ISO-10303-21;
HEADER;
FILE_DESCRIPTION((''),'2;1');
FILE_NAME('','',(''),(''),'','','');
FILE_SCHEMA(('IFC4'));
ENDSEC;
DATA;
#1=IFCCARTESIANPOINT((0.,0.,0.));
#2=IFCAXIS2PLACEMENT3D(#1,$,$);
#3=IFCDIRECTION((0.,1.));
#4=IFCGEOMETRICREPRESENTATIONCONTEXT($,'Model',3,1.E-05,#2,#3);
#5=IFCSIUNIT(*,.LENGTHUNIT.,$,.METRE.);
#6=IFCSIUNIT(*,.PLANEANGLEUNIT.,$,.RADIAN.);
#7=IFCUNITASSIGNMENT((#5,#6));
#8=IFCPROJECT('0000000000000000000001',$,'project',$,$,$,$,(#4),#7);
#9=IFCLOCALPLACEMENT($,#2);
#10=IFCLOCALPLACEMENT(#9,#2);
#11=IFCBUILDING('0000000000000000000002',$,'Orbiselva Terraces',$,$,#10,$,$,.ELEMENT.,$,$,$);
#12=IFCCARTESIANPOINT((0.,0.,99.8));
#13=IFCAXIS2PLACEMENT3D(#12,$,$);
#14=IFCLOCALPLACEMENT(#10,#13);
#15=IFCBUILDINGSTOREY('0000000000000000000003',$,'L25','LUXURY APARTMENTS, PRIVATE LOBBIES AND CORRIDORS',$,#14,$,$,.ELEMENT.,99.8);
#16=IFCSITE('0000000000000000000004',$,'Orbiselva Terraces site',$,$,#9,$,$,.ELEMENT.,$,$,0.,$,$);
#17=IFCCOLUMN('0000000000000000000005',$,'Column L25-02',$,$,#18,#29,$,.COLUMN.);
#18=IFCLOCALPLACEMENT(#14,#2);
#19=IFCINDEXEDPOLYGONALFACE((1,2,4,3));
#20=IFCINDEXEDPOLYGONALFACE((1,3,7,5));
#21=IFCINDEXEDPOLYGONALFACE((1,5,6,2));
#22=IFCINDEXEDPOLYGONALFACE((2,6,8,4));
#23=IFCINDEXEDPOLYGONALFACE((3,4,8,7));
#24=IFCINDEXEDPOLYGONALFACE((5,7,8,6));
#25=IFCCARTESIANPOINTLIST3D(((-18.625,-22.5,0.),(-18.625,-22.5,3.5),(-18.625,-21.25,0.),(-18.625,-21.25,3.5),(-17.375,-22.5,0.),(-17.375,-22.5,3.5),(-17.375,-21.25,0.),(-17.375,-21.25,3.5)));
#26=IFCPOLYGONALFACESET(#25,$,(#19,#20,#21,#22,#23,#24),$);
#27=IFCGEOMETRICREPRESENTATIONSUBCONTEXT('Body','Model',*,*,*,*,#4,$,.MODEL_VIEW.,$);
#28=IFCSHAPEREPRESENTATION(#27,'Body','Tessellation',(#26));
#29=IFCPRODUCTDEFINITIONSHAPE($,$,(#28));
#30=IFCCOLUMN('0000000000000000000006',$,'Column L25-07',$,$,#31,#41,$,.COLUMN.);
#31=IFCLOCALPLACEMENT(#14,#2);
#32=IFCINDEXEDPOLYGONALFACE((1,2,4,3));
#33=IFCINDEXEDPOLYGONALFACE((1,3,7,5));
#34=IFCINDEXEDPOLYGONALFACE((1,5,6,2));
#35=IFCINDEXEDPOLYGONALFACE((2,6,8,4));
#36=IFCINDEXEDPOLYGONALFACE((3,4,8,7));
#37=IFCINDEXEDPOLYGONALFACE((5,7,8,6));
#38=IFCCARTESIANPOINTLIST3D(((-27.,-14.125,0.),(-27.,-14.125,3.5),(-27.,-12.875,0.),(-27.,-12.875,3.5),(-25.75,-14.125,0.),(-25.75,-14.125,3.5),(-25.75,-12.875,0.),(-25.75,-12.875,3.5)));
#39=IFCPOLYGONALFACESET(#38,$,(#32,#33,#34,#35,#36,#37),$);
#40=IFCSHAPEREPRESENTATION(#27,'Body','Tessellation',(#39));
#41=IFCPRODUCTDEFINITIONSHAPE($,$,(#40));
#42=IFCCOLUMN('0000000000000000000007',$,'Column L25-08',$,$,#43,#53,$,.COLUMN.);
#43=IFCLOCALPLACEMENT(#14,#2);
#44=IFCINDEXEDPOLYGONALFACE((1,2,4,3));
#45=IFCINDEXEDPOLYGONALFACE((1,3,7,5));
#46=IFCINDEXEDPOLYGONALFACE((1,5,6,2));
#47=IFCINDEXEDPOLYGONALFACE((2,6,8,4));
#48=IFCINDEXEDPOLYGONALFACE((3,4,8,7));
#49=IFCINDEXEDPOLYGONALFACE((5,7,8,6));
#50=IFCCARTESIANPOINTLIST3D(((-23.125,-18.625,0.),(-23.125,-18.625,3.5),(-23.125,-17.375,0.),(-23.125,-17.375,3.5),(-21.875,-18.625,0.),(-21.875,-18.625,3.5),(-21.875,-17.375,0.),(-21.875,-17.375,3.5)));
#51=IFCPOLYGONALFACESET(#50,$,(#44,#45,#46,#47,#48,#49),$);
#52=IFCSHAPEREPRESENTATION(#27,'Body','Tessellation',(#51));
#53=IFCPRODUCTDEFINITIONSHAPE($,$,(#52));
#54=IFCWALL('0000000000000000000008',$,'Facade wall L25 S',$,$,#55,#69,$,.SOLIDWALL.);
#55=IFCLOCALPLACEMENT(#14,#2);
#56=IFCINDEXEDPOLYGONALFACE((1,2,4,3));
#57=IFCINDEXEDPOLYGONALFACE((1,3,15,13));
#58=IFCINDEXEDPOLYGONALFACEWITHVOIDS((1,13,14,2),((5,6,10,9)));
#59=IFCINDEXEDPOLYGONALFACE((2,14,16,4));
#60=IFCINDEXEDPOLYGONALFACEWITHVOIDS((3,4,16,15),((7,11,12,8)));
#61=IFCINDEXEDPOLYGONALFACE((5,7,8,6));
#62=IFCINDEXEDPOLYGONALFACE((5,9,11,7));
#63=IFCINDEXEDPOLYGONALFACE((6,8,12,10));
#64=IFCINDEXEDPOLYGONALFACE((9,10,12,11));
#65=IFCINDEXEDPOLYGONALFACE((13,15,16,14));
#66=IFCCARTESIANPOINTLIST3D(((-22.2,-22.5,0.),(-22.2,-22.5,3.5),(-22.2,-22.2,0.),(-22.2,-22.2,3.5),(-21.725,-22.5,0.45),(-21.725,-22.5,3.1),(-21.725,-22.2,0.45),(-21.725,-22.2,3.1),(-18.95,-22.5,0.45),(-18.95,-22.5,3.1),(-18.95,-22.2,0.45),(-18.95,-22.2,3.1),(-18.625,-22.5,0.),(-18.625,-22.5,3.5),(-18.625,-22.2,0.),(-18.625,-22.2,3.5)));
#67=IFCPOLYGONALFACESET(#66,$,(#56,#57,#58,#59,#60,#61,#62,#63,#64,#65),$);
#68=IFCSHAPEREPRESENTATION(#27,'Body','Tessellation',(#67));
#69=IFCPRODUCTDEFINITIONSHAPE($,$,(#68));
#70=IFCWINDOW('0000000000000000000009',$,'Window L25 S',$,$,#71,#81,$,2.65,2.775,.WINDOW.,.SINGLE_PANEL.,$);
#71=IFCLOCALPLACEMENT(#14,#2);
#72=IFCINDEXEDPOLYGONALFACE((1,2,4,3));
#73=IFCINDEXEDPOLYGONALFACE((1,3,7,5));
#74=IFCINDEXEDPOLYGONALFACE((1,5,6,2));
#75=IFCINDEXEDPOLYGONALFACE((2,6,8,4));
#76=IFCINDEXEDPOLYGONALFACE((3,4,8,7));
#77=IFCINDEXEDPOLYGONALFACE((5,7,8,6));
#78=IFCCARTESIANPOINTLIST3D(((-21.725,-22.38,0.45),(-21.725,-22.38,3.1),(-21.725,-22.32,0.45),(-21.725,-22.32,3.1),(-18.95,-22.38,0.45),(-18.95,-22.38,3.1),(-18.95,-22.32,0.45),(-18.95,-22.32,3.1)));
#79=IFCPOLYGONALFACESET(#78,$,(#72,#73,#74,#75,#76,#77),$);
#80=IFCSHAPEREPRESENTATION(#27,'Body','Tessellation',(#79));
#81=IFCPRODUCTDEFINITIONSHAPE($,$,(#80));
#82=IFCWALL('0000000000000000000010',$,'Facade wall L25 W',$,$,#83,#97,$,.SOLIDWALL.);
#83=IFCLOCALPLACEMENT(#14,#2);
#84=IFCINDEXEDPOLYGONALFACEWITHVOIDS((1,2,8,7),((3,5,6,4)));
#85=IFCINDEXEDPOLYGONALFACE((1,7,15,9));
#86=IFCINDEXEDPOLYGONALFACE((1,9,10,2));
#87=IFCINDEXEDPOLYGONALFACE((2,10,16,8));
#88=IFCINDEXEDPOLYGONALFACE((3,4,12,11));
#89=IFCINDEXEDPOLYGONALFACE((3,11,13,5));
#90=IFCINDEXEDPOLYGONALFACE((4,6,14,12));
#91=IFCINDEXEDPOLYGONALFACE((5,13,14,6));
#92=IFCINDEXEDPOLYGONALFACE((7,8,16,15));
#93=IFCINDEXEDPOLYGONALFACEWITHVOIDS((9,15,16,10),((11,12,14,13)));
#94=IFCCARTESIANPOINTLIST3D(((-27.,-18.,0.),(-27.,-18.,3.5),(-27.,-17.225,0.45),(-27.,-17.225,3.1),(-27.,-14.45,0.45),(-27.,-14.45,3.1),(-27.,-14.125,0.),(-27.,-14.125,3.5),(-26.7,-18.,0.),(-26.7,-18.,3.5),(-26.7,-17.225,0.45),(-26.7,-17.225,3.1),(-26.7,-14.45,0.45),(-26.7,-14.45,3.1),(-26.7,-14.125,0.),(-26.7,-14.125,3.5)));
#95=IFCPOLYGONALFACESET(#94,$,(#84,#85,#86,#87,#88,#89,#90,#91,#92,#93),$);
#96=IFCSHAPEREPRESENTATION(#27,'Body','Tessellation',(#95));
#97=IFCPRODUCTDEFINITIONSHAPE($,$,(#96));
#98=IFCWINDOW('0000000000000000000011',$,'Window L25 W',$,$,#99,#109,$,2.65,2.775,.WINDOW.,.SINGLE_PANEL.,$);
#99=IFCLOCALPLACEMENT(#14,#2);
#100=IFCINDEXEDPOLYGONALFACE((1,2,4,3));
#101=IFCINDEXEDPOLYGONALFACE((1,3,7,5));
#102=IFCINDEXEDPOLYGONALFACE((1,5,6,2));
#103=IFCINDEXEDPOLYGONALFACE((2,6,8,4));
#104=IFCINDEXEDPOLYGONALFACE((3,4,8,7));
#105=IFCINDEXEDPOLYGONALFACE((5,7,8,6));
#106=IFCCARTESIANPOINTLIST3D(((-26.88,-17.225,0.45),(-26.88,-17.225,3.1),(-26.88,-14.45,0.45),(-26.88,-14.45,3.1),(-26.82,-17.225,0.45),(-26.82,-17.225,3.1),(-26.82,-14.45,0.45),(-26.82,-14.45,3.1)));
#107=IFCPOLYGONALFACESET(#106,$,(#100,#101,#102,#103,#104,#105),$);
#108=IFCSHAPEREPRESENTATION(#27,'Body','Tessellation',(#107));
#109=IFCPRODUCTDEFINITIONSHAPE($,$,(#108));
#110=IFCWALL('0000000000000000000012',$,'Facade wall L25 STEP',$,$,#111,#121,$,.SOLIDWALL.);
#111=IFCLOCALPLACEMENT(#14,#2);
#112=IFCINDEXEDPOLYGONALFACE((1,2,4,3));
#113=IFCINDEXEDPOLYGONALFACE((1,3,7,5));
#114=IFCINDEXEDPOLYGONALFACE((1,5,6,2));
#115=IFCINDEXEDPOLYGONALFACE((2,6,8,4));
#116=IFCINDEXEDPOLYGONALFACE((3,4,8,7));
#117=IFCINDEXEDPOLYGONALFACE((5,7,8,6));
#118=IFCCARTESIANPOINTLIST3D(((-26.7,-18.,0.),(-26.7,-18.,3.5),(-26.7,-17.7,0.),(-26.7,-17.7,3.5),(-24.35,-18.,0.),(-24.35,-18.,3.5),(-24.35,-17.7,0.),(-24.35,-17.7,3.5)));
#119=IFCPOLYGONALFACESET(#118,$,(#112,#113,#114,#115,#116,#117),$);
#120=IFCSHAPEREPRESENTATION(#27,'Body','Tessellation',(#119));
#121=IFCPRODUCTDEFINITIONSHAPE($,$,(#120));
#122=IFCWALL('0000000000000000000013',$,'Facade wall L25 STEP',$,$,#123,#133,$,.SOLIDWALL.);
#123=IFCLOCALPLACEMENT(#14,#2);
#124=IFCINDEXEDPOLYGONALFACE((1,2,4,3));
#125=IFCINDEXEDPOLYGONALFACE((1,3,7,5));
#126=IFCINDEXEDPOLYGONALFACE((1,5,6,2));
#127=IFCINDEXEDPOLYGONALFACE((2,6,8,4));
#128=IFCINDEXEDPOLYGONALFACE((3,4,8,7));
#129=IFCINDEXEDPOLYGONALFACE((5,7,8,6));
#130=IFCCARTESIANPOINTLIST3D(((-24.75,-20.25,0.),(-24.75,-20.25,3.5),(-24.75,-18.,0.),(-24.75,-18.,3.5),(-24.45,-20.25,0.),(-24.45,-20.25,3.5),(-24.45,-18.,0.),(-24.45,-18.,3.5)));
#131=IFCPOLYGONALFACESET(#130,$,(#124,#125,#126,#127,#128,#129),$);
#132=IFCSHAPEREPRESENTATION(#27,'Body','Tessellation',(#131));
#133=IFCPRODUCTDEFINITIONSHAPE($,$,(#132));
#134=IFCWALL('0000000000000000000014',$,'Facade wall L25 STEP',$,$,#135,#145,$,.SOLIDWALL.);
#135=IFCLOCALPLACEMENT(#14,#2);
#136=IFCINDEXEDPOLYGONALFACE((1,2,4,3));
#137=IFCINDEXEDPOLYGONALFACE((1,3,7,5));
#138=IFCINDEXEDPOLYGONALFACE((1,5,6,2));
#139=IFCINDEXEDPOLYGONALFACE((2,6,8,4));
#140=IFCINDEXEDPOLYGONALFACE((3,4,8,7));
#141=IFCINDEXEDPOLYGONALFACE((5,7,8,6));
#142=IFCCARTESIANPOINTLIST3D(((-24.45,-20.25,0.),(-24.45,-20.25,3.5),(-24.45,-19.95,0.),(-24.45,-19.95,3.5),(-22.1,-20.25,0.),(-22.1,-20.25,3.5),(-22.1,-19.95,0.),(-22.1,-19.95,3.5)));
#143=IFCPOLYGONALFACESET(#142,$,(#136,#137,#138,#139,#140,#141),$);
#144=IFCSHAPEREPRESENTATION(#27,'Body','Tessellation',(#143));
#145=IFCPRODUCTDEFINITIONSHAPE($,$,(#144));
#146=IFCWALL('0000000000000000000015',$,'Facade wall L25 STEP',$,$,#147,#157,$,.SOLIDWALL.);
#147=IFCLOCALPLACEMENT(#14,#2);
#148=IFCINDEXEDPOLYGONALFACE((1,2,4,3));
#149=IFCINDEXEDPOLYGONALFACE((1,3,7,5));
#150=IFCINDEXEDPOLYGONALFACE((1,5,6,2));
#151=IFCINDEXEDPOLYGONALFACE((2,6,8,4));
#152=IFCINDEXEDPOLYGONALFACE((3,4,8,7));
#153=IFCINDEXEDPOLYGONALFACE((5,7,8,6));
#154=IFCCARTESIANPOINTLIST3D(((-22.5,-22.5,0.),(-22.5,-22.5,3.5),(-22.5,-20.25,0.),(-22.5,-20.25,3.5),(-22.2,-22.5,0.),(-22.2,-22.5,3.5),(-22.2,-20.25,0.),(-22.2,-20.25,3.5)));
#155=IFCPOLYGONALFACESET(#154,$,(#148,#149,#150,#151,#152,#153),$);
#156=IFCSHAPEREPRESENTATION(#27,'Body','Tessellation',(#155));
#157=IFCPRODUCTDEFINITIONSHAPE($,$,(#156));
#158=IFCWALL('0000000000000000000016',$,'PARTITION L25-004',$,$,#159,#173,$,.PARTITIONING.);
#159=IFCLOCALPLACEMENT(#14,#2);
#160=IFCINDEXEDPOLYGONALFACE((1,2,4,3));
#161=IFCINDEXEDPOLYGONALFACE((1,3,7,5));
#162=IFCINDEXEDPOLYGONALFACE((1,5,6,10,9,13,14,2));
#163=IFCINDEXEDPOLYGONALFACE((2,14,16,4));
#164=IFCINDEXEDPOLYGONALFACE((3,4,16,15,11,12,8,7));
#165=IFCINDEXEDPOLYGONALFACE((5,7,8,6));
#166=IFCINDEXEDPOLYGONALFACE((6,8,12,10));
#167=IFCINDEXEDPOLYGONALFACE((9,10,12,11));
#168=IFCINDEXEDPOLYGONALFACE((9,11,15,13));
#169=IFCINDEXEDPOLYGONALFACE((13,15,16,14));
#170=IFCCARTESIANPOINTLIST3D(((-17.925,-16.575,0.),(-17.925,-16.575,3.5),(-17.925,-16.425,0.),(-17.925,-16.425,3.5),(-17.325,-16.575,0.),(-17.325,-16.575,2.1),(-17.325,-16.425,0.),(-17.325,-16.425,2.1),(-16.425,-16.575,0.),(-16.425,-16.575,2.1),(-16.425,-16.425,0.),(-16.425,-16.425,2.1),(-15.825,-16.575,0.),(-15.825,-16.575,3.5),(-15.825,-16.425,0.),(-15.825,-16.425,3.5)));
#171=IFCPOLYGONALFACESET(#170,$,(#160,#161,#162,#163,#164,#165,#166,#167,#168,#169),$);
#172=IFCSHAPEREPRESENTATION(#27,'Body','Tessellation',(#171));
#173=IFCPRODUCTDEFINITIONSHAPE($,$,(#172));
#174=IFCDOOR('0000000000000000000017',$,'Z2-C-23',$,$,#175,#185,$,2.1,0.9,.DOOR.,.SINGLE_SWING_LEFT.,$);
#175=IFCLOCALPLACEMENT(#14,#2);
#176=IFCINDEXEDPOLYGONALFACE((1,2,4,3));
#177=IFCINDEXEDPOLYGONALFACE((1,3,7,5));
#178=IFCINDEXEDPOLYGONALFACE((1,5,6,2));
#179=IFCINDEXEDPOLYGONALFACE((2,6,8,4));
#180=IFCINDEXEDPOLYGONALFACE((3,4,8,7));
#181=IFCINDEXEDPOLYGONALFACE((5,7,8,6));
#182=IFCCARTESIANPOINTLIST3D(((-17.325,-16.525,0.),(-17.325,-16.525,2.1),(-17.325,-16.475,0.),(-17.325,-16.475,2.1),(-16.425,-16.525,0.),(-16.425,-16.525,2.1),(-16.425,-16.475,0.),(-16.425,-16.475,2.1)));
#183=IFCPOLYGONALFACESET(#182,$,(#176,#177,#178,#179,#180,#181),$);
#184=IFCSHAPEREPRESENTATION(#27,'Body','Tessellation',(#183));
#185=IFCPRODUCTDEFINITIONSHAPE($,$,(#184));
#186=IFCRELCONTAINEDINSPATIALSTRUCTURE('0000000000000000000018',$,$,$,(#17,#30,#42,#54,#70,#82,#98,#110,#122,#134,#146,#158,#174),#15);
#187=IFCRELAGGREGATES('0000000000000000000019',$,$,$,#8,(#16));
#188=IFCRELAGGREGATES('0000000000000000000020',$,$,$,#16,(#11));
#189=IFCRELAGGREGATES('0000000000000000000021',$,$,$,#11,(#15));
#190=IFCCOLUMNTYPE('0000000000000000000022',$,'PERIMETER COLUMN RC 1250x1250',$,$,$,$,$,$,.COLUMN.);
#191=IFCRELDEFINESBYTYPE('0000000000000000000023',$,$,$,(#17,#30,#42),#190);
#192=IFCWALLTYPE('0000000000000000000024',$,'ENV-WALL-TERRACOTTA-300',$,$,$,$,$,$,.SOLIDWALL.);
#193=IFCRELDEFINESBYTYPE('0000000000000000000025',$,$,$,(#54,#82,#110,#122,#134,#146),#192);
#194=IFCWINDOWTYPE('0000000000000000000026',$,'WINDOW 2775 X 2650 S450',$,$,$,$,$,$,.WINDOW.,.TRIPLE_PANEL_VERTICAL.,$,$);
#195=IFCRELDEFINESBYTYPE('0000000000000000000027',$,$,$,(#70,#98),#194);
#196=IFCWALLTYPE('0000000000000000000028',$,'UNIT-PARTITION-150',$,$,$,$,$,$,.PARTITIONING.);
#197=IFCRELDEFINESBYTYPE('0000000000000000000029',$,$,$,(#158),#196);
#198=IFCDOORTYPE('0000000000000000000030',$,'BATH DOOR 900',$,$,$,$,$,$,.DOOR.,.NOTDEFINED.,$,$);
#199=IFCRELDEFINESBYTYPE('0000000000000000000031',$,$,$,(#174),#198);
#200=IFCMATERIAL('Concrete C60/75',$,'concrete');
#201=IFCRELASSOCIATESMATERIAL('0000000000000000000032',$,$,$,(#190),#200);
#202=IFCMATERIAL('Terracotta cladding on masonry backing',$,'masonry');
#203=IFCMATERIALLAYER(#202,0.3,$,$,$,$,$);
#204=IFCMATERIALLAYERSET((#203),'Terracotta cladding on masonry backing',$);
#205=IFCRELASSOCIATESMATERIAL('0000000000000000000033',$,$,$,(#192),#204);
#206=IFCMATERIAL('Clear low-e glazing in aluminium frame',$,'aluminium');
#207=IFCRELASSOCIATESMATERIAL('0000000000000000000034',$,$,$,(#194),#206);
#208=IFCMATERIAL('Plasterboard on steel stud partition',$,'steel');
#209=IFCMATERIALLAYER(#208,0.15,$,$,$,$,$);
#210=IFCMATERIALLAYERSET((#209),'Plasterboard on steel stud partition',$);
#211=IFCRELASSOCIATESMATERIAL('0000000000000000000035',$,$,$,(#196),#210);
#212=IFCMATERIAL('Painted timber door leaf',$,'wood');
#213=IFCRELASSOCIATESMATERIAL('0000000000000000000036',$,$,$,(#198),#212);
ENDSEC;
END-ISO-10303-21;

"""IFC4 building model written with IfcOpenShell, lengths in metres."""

from ifc_helpers import new_model, si_unit, direction, frame, frame_2d, origin, origin_2d, place, context, subcontext, project, spatial, rectangle, extrude, material, layer, layer_set, material_profile, profile_set, type_object, element, fill, save


model = new_model("IFC4")

# Units and contexts
model_context = context("Model", 3, precision=1e-05, world=origin(), true_north=direction((0.0, 1.0)))
body_context = subcontext(model_context, "Body", "Model", "MODEL_VIEW")
ifc_project = project(units=[si_unit("LENGTHUNIT", "METRE"), si_unit("PLANEANGLEUNIT", "RADIAN")], contexts=[model_context])

# Site, building, storey
site_placement = place(None, origin())
site = spatial("IfcSite", under=ifc_project, at=site_placement, Name="Orbiselva Terraces site", CompositionType="ELEMENT", RefElevation=0.0)
building_placement = place(site_placement, origin())
building = spatial("IfcBuilding", under=site, at=building_placement, Name="Orbiselva Terraces", CompositionType="ELEMENT")
storey_placement = place(building_placement, frame((0.0, 0.0, 99.8)))
storey = spatial("IfcBuildingStorey", under=building, at=storey_placement, Name="L25", Description="LUXURY APARTMENTS, PRIVATE LOBBIES AND CORRIDORS", CompositionType="ELEMENT", Elevation=99.8)

# Columns
ifc_material_1 = material(Name="Concrete C60/75", Category="concrete")
ifc_material_profile = material_profile(ifc_material_1, rectangle(XDim=1.25, YDim=1.25, at=origin_2d()), Name="RC 1250x1250")
ifc_profile_set = profile_set([ifc_material_profile], Name="Concrete C60/75")
column_type = type_object("IfcColumnType", Name="PERIMETER COLUMN RC 1250x1250", PredefinedType="COLUMN", material=ifc_profile_set)
for number, where, z_axis, x_axis, name in (
    (1, (-18.0, -21.875, 0.0), (0.0, 0.0, 1.0), (1.0, 0.0, 0.0), "Column L25-02"),
    (2, (-26.375, -13.5, 0.0), (0.0, 0.0, 1.0), (1.0, 0.0, 0.0), "Column L25-07"),
    (3, (-22.5, -18.0, 0.0), (0.0, 0.0, 1.0), (1.0, 0.0, 0.0), "Column L25-08"),
):
    element("IfcColumn", number, at=place(storey_placement, frame(where, z_axis=z_axis, x_axis=x_axis)), inside=storey, type_object=column_type, Name=name, PredefinedType="COLUMN", context=body_context, shape_type="SweptSolid", body=[
        extrude(rectangle(XDim=1.25, YDim=1.25, at=origin_2d()), origin(), (0.0, 0.0, 1.0), 3.5),
    ])

# Walls, openings, windows
ifc_material_2 = material(Name="Terracotta cladding on masonry backing", Category="masonry")
ifc_layer_1 = layer(ifc_material_2, 0.3)
ifc_layer_set_1 = layer_set([ifc_layer_1], Name="Terracotta cladding on masonry backing")
wall_type_1 = type_object("IfcWallType", Name="ENV-WALL-TERRACOTTA-300", PredefinedType="SOLIDWALL", material=ifc_layer_set_1)
wall_1_placement = place(storey_placement, frame((-18.625, -22.35, 0.0), z_axis=(0.0, 0.0, 1.0), x_axis=(-1.0, 0.0, 0.0)))
wall_1 = element("IfcWall", 4, at=wall_1_placement, inside=storey, type_object=wall_type_1, Name="Facade wall L25 S", PredefinedType="SOLIDWALL", context=body_context, shape_type="SweptSolid", body=[
    extrude(rectangle(XDim=3.575, YDim=0.3, at=frame_2d((1.7875, 0.0))), origin(), (0.0, 0.0, 1.0), 3.5),
])
opening_1_placement = place(wall_1_placement, frame((0.325, 0.0, 0.45)))
opening_1 = element("IfcOpeningElement", 5, at=opening_1_placement, cuts=wall_1, PredefinedType="OPENING", context=body_context, shape_type="SweptSolid", body=[
    extrude(rectangle(XDim=2.775, YDim=2.65, at=frame_2d((1.3875, 1.325))), frame((0.0, 0.16, 0.0), z_axis=(0.0, -1.0, 0.0), x_axis=(1.0, 0.0, 0.0)), (0.0, 0.0, 1.0), 0.32),
])
ifc_material_3 = material(Name="Clear low-e glazing in aluminium frame", Category="aluminium")
window_type = type_object("IfcWindowType", Name="WINDOW 2775 X 2650 S450", PartitioningType="TRIPLE_PANEL_VERTICAL", PredefinedType="WINDOW", material=ifc_material_3)
window_1_placement = place(opening_1_placement, origin())
window_1 = element("IfcWindow", 6, at=window_1_placement, inside=storey, type_object=window_type, Name="Window L25 S", OverallHeight=2.65, OverallWidth=2.775, PartitioningType="SINGLE_PANEL", PredefinedType="WINDOW", context=body_context, shape_type="SweptSolid", body=[
    extrude(rectangle(XDim=2.775, YDim=2.65, at=frame_2d((1.3875, 1.325))), frame((0.0, 0.03, 0.0), z_axis=(0.0, -1.0, 0.0), x_axis=(1.0, 0.0, 0.0)), (0.0, 0.0, 1.0), 0.06),
])
fill(opening_1, window_1)
wall_2_placement = place(storey_placement, frame((-26.85, -18.0, 0.0), z_axis=(0.0, 0.0, 1.0), x_axis=(0.0, 1.0, 0.0)))
wall_2 = element("IfcWall", 7, at=wall_2_placement, inside=storey, type_object=wall_type_1, Name="Facade wall L25 W", PredefinedType="SOLIDWALL", context=body_context, shape_type="SweptSolid", body=[
    extrude(rectangle(XDim=3.875, YDim=0.3, at=frame_2d((1.9375, 0.0))), origin(), (0.0, 0.0, 1.0), 3.5),
])
opening_2_placement = place(wall_2_placement, frame((0.775, 0.0, 0.45)))
opening_2 = element("IfcOpeningElement", 8, at=opening_2_placement, cuts=wall_2, PredefinedType="OPENING", context=body_context, shape_type="SweptSolid", body=[
    extrude(rectangle(XDim=2.775, YDim=2.65, at=frame_2d((1.3875, 1.325))), frame((0.0, 0.16, 0.0), z_axis=(0.0, -1.0, 0.0), x_axis=(1.0, 0.0, 0.0)), (0.0, 0.0, 1.0), 0.32),
])
window_2_placement = place(opening_2_placement, origin())
window_2 = element("IfcWindow", 9, at=window_2_placement, inside=storey, type_object=window_type, Name="Window L25 W", OverallHeight=2.65, OverallWidth=2.775, PartitioningType="SINGLE_PANEL", PredefinedType="WINDOW", context=body_context, shape_type="SweptSolid", body=[
    extrude(rectangle(XDim=2.775, YDim=2.65, at=frame_2d((1.3875, 1.325))), frame((0.0, 0.03, 0.0), z_axis=(0.0, -1.0, 0.0), x_axis=(1.0, 0.0, 0.0)), (0.0, 0.0, 1.0), 0.06),
])
fill(opening_2, window_2)

# Walls
wall_3_placement = place(storey_placement, frame((-24.35, -17.85, 0.0), z_axis=(0.0, 0.0, 1.0), x_axis=(-1.0, 0.0, 0.0)))
element("IfcWall", 10, at=wall_3_placement, inside=storey, type_object=wall_type_1, Name="Facade wall L25 STEP", PredefinedType="SOLIDWALL", context=body_context, shape_type="SweptSolid", body=[
    extrude(rectangle(XDim=2.35, YDim=0.3, at=frame_2d((1.175, 0.0))), origin(), (0.0, 0.0, 1.0), 3.5),
])
wall_4_placement = place(storey_placement, frame((-24.6, -20.25, 0.0), z_axis=(0.0, 0.0, 1.0), x_axis=(0.0, 1.0, 0.0)))
element("IfcWall", 11, at=wall_4_placement, inside=storey, type_object=wall_type_1, Name="Facade wall L25 STEP", PredefinedType="SOLIDWALL", context=body_context, shape_type="SweptSolid", body=[
    extrude(rectangle(XDim=2.25, YDim=0.3, at=frame_2d((1.125, 0.0))), origin(), (0.0, 0.0, 1.0), 3.5),
])
wall_5_placement = place(storey_placement, frame((-22.1, -20.1, 0.0), z_axis=(0.0, 0.0, 1.0), x_axis=(-1.0, 0.0, 0.0)))
element("IfcWall", 12, at=wall_5_placement, inside=storey, type_object=wall_type_1, Name="Facade wall L25 STEP", PredefinedType="SOLIDWALL", context=body_context, shape_type="SweptSolid", body=[
    extrude(rectangle(XDim=2.35, YDim=0.3, at=frame_2d((1.175, 0.0))), origin(), (0.0, 0.0, 1.0), 3.5),
])
wall_6_placement = place(storey_placement, frame((-22.35, -22.5, 0.0), z_axis=(0.0, 0.0, 1.0), x_axis=(0.0, 1.0, 0.0)))
element("IfcWall", 13, at=wall_6_placement, inside=storey, type_object=wall_type_1, Name="Facade wall L25 STEP", PredefinedType="SOLIDWALL", context=body_context, shape_type="SweptSolid", body=[
    extrude(rectangle(XDim=2.25, YDim=0.3, at=frame_2d((1.125, 0.0))), origin(), (0.0, 0.0, 1.0), 3.5),
])

# Wall, opening, door
ifc_material_4 = material(Name="Plasterboard on steel stud partition", Category="steel")
ifc_layer_2 = layer(ifc_material_4, 0.15)
ifc_layer_set_2 = layer_set([ifc_layer_2], Name="Plasterboard on steel stud partition")
wall_type_2 = type_object("IfcWallType", Name="UNIT-PARTITION-150", PredefinedType="PARTITIONING", material=ifc_layer_set_2)
wall_7_placement = place(storey_placement, frame((-17.925, -16.5, 0.0), z_axis=(0.0, 0.0, 1.0), x_axis=(1.0, 0.0, 0.0)))
wall_7 = element("IfcWall", 14, at=wall_7_placement, inside=storey, type_object=wall_type_2, Name="PARTITION L25-004", PredefinedType="PARTITIONING", context=body_context, shape_type="SweptSolid", body=[
    extrude(rectangle(XDim=2.1, YDim=0.15, at=frame_2d((1.05, 0.0))), origin(), (0.0, 0.0, 1.0), 3.5),
])
opening_3_placement = place(wall_7_placement, frame((0.6, 0.0, 0.0)))
opening_3 = element("IfcOpeningElement", 15, at=opening_3_placement, cuts=wall_7, PredefinedType="OPENING", context=body_context, shape_type="SweptSolid", body=[
    extrude(rectangle(XDim=0.9, YDim=2.1, at=frame_2d((0.45, 1.05))), frame((0.0, 0.085, 0.0), z_axis=(0.0, -1.0, 0.0), x_axis=(1.0, 0.0, 0.0)), (0.0, 0.0, 1.0), 0.17),
])
ifc_material_5 = material(Name="Painted timber door leaf", Category="wood")
door_type_1 = type_object("IfcDoorType", Name="BATH DOOR 900", OperationType="NOTDEFINED", PredefinedType="DOOR", material=ifc_material_5)
door_1_placement = place(opening_3_placement, origin())
door_1 = element("IfcDoor", 16, at=door_1_placement, inside=storey, type_object=door_type_1, Name="Z2-C-23", OperationType="SINGLE_SWING_LEFT", OverallHeight=2.1, OverallWidth=0.9, PredefinedType="DOOR", context=body_context, shape_type="SweptSolid", body=[
    extrude(rectangle(XDim=0.9, YDim=2.1, at=frame_2d((0.45, 1.05))), frame((0.0, 0.025, 0.0), z_axis=(0.0, -1.0, 0.0), x_axis=(1.0, 0.0, 0.0)), (0.0, 0.0, 1.0), 0.05),
])
fill(opening_3, door_1)

save(model, "model.ifc")
